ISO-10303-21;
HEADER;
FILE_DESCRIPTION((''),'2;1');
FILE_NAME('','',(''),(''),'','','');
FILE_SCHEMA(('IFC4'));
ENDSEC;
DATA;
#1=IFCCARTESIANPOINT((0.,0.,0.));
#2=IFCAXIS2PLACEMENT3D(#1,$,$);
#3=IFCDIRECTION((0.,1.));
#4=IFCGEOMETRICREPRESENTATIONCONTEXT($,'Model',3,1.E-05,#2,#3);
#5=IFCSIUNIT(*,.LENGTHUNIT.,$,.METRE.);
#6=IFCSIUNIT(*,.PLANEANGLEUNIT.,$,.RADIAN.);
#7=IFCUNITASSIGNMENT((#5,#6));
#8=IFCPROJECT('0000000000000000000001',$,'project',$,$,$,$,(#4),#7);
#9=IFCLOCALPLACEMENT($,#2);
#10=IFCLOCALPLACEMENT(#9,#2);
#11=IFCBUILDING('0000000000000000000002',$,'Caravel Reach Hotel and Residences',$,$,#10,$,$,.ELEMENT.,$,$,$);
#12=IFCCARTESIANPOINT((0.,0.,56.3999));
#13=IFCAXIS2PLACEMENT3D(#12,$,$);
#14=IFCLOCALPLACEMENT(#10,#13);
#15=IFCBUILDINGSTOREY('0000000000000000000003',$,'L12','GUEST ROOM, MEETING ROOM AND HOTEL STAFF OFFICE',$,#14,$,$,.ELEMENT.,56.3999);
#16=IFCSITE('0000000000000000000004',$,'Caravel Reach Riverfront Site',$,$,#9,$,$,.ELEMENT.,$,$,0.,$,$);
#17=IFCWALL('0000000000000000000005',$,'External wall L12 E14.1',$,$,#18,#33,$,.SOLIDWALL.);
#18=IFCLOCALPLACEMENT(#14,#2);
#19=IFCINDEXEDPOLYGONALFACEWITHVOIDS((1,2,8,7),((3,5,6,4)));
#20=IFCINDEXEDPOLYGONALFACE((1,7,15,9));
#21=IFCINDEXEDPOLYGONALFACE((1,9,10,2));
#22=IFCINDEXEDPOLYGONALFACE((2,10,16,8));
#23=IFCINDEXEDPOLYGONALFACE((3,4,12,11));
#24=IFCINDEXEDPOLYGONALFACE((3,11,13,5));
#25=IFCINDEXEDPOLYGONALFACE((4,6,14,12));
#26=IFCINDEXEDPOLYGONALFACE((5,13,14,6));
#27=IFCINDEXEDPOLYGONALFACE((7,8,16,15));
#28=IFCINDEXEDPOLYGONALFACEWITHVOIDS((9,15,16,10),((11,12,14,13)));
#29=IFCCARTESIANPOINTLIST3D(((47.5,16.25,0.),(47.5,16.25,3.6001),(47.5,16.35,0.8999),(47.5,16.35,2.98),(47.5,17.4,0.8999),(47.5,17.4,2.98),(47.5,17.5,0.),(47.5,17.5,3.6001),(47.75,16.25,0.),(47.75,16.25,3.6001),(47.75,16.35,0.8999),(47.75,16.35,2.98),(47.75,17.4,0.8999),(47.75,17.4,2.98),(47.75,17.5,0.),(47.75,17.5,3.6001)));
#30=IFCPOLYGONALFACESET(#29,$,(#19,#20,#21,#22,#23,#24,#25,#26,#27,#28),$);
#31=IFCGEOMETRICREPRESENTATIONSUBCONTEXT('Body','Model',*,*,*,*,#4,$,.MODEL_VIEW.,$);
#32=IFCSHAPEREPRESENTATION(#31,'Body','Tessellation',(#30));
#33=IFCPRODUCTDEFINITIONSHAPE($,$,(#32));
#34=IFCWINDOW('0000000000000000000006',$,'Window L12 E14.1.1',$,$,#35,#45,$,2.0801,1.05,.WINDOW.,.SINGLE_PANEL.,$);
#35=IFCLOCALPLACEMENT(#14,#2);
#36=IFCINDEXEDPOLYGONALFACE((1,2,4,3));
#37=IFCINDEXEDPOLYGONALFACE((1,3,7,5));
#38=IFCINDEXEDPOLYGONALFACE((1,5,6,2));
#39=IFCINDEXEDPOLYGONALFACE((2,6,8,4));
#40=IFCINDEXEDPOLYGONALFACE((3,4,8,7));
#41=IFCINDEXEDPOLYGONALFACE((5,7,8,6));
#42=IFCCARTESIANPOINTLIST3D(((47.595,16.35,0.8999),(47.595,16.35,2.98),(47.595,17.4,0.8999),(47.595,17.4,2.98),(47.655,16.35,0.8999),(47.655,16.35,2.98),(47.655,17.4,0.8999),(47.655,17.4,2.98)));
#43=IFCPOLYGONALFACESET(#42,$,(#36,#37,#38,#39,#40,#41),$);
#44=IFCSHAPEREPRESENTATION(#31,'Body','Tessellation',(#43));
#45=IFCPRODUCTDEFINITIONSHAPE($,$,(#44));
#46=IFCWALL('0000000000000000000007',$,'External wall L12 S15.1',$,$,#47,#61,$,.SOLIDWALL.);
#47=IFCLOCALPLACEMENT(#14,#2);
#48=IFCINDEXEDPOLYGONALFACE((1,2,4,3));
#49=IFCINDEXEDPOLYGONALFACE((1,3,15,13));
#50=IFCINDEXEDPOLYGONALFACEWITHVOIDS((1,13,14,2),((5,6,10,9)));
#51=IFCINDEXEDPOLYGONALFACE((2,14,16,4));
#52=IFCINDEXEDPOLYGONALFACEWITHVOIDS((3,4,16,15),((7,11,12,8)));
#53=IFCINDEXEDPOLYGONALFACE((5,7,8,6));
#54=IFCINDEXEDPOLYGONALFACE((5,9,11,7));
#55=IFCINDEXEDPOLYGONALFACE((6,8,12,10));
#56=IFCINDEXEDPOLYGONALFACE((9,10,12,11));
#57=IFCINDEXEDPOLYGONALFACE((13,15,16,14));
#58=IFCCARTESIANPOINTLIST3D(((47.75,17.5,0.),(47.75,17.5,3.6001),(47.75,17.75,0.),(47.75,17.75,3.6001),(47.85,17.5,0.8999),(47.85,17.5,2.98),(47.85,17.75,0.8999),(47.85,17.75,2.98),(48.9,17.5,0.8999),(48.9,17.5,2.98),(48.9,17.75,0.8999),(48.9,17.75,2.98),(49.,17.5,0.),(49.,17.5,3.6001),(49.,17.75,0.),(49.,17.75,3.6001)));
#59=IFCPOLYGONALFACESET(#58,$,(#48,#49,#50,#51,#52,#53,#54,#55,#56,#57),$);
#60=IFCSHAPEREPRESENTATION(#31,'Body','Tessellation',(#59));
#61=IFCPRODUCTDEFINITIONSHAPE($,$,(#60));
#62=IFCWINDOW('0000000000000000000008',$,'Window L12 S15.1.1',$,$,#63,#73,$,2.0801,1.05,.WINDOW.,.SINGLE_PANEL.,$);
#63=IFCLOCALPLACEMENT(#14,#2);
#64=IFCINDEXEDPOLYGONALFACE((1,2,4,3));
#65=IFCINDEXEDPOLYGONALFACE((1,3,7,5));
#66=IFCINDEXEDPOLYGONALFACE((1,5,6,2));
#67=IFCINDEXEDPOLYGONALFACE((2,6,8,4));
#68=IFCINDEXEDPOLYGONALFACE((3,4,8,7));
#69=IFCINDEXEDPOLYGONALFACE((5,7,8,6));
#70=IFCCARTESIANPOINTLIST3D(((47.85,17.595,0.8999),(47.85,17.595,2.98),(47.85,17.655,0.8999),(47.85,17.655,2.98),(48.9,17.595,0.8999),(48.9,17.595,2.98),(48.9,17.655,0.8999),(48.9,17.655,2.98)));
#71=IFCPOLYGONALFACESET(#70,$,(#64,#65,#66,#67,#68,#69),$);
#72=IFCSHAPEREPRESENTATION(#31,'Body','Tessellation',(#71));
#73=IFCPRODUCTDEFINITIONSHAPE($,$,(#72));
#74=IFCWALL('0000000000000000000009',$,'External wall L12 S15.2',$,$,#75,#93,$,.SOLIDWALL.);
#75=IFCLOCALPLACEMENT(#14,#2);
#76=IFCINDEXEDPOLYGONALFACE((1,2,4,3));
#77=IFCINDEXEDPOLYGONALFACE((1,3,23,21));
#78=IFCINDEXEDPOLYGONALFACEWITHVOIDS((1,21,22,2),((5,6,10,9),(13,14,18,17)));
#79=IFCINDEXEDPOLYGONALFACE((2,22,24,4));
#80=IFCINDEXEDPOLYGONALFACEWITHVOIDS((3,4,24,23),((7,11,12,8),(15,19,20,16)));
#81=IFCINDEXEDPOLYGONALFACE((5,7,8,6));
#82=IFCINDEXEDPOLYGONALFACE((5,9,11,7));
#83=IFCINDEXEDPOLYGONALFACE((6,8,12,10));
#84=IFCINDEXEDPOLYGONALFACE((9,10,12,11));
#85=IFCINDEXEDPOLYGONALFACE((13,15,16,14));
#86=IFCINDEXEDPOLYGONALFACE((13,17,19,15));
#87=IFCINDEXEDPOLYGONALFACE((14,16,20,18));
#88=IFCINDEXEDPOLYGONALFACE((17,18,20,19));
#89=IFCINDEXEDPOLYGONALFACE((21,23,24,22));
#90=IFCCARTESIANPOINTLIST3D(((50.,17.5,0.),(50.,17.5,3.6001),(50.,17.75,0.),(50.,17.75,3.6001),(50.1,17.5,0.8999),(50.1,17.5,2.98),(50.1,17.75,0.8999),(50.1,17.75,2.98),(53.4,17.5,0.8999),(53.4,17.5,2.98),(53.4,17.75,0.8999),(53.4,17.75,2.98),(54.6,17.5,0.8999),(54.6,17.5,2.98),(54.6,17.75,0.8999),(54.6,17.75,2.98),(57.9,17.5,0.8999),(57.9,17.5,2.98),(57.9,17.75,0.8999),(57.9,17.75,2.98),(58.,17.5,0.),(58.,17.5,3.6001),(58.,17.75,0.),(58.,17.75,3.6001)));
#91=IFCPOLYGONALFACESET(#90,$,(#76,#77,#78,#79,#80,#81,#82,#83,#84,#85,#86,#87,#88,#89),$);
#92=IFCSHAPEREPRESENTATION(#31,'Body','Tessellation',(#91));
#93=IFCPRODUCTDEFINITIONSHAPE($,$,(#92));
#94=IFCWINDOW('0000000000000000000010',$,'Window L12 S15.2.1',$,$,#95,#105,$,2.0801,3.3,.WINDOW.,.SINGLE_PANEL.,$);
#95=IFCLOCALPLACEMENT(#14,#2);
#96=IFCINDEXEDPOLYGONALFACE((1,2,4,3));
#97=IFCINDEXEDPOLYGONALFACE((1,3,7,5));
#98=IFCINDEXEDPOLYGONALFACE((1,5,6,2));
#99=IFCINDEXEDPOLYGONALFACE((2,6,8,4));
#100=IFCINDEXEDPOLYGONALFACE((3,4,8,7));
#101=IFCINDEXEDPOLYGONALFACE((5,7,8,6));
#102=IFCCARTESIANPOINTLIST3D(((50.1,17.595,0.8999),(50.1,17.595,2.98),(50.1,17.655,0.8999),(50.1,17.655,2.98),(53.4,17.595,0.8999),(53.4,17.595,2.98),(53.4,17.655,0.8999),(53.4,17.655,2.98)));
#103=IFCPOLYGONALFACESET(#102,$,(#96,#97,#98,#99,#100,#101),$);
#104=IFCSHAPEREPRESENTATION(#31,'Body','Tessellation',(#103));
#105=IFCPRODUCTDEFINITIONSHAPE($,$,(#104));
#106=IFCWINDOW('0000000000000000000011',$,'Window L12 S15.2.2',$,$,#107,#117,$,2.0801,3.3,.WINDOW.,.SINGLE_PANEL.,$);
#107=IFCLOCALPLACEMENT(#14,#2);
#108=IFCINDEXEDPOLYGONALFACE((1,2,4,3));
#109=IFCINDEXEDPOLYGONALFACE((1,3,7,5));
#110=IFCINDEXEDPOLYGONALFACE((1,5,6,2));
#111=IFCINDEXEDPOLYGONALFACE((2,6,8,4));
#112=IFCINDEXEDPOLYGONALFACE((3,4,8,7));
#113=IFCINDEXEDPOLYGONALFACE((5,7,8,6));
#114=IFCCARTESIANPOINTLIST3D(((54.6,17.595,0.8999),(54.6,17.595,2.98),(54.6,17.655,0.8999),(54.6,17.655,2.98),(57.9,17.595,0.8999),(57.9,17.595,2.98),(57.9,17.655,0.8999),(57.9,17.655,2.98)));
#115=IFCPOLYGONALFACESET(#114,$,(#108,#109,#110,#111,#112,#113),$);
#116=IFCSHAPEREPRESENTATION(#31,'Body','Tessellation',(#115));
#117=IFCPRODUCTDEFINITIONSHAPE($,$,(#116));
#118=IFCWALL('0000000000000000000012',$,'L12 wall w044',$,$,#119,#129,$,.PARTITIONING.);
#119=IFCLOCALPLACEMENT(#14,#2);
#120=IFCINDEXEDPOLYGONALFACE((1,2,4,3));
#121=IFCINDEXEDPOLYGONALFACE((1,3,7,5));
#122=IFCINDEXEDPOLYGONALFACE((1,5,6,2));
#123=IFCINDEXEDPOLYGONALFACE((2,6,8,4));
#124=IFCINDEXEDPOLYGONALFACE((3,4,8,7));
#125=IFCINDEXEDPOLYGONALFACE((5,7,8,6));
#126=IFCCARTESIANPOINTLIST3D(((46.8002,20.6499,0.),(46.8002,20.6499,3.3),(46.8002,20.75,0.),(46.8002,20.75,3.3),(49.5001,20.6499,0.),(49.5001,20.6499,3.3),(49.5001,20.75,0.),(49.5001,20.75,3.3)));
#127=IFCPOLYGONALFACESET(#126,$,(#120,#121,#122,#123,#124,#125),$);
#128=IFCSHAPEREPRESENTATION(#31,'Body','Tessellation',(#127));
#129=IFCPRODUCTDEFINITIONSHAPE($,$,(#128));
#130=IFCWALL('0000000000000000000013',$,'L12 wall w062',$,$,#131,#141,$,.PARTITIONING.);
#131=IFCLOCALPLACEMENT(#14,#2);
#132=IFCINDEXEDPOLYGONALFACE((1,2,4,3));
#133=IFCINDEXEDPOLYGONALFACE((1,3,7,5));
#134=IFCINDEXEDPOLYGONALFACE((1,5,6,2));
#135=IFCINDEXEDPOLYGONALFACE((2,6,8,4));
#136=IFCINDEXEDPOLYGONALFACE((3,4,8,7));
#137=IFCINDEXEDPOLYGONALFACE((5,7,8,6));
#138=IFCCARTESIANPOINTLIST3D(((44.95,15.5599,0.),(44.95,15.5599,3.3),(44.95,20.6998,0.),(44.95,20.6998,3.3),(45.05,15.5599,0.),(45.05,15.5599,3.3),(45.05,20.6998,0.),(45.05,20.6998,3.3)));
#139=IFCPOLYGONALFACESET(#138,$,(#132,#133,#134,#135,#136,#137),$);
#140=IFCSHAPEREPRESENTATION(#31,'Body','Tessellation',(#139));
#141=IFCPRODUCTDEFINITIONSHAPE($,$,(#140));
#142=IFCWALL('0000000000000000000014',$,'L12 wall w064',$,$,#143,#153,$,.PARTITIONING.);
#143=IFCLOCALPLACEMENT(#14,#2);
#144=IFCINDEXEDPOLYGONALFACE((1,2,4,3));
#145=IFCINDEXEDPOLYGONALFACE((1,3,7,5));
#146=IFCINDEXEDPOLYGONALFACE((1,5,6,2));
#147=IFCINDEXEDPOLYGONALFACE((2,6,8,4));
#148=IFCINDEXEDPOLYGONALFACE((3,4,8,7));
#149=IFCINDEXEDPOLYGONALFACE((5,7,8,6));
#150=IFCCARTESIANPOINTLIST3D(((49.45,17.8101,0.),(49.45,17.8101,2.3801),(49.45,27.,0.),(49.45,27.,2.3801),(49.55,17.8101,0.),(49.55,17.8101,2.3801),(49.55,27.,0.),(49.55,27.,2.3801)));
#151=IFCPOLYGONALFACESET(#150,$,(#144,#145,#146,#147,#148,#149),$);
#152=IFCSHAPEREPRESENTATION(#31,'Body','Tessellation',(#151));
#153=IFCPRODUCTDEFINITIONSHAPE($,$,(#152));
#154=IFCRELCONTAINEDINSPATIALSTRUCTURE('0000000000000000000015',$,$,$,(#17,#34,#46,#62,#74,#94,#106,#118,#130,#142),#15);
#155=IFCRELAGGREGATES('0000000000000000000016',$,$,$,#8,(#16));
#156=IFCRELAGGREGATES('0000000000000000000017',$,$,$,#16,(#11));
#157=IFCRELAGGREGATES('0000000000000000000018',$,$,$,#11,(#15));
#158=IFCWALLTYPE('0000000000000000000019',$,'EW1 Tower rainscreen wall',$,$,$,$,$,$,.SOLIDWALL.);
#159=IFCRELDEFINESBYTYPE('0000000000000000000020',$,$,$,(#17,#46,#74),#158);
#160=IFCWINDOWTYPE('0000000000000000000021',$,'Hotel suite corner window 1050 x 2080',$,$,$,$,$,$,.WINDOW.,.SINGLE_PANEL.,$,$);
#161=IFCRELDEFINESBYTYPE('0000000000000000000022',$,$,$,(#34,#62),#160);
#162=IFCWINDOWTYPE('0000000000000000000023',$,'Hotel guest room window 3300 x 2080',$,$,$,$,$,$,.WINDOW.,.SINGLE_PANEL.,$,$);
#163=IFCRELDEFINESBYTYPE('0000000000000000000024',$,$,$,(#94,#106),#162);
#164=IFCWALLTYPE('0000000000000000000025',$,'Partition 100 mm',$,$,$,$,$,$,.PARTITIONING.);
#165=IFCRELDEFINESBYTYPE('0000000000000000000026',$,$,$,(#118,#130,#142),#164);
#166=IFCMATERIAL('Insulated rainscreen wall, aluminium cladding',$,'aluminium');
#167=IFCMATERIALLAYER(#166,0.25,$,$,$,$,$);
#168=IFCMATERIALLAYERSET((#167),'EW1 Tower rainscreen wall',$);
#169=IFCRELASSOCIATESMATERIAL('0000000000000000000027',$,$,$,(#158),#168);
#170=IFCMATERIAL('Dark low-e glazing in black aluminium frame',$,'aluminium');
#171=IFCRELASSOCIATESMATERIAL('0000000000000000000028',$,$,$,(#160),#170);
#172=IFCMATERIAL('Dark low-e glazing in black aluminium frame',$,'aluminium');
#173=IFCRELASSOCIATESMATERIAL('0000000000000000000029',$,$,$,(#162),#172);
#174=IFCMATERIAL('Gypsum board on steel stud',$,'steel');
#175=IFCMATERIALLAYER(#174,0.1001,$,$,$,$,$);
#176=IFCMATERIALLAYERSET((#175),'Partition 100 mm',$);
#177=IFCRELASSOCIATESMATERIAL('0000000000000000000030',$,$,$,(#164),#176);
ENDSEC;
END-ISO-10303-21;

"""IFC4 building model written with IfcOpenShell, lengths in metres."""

from ifc_helpers import new_model, si_unit, direction, frame, frame_2d, origin, place, context, subcontext, project, spatial, rectangle, extrude, material, layer, layer_set, type_object, element, fill, save


model = new_model("IFC4")

# Units and contexts
model_context = context("Model", 3, precision=1e-05, world=origin(), true_north=direction((0.0, 1.0)))
body_context = subcontext(model_context, "Body", "Model", "MODEL_VIEW")
ifc_project = project(units=[si_unit("LENGTHUNIT", "METRE"), si_unit("PLANEANGLEUNIT", "RADIAN")], contexts=[model_context])

# Site, building, storey
site_placement = place(None, origin())
site = spatial("IfcSite", under=ifc_project, at=site_placement, Name="Caravel Reach Riverfront Site", CompositionType="ELEMENT", RefElevation=0.0)
building_placement = place(site_placement, origin())
building = spatial("IfcBuilding", under=site, at=building_placement, Name="Caravel Reach Hotel and Residences", CompositionType="ELEMENT")
storey_placement = place(building_placement, frame((0.0, 0.0, 56.3999)))
storey = spatial("IfcBuildingStorey", under=building, at=storey_placement, Name="L12", Description="GUEST ROOM, MEETING ROOM AND HOTEL STAFF OFFICE", CompositionType="ELEMENT", Elevation=56.3999)

# Walls, openings, windows
ifc_material_1 = material(Name="Insulated rainscreen wall, aluminium cladding", Category="aluminium")
ifc_layer_1 = layer(ifc_material_1, 0.25)
ifc_layer_set_1 = layer_set([ifc_layer_1], Name="EW1 Tower rainscreen wall")
wall_type_1 = type_object("IfcWallType", Name="EW1 Tower rainscreen wall", PredefinedType="SOLIDWALL", material=ifc_layer_set_1)
ifc_material_2 = material(Name="Dark low-e glazing in black aluminium frame", Category="aluminium")
window_type_1 = type_object("IfcWindowType", Name="Hotel suite corner window 1050 x 2080", PartitioningType="SINGLE_PANEL", PredefinedType="WINDOW", material=ifc_material_2)
wall_1_placement = place(storey_placement, frame((47.625, 16.25, 0.0), z_axis=(0.0, 0.0, 1.0), x_axis=(0.0, 1.0, 0.0)))
wall_1 = element("IfcWall", 1, at=wall_1_placement, inside=storey, type_object=wall_type_1, Name="External wall L12 E14.1", PredefinedType="SOLIDWALL", context=body_context, shape_type="SweptSolid", body=[
    extrude(rectangle(XDim=1.25, YDim=0.25, at=frame_2d((0.625, 0.0))), origin(), (0.0, 0.0, 1.0), 3.6001),
])
opening_1_placement = place(wall_1_placement, frame((0.1001, 0.0, 0.8999)))
opening_1 = element("IfcOpeningElement", 2, at=opening_1_placement, cuts=wall_1, PredefinedType="OPENING", context=body_context, shape_type="SweptSolid", body=[
    extrude(rectangle(XDim=1.05, YDim=2.0801, at=frame_2d((0.5249, 1.04))), frame((0.0, 0.135, 0.0), z_axis=(0.0, -1.0, 0.0), x_axis=(1.0, 0.0, 0.0)), (0.0, 0.0, 1.0), 0.27),
])
window_1_placement = place(opening_1_placement, origin())
window_1 = element("IfcWindow", 3, at=window_1_placement, inside=storey, type_object=window_type_1, Name="Window L12 E14.1.1", OverallHeight=2.0801, OverallWidth=1.05, PartitioningType="SINGLE_PANEL", PredefinedType="WINDOW", context=body_context, shape_type="SweptSolid", body=[
    extrude(rectangle(XDim=1.05, YDim=2.0801, at=frame_2d((0.5249, 1.04))), frame((0.0, 0.03, 0.0), z_axis=(0.0, -1.0, 0.0), x_axis=(1.0, 0.0, 0.0)), (0.0, 0.0, 1.0), 0.0601),
])
fill(opening_1, window_1)
wall_2_placement = place(storey_placement, frame((47.75, 17.625, 0.0), z_axis=(0.0, 0.0, 1.0), x_axis=(1.0, 0.0, 0.0)))
wall_2 = element("IfcWall", 4, at=wall_2_placement, inside=storey, type_object=wall_type_1, Name="External wall L12 S15.1", PredefinedType="SOLIDWALL", context=body_context, shape_type="SweptSolid", body=[
    extrude(rectangle(XDim=1.25, YDim=0.25, at=frame_2d((0.625, 0.0))), origin(), (0.0, 0.0, 1.0), 3.6001),
])
opening_2_placement = place(wall_2_placement, frame((0.1001, 0.0, 0.8999)))
opening_2 = element("IfcOpeningElement", 5, at=opening_2_placement, cuts=wall_2, PredefinedType="OPENING", context=body_context, shape_type="SweptSolid", body=[
    extrude(rectangle(XDim=1.05, YDim=2.0801, at=frame_2d((0.5249, 1.04))), frame((0.0, 0.135, 0.0), z_axis=(0.0, -1.0, 0.0), x_axis=(1.0, 0.0, 0.0)), (0.0, 0.0, 1.0), 0.27),
])
window_2_placement = place(opening_2_placement, origin())
window_2 = element("IfcWindow", 6, at=window_2_placement, inside=storey, type_object=window_type_1, Name="Window L12 S15.1.1", OverallHeight=2.0801, OverallWidth=1.05, PartitioningType="SINGLE_PANEL", PredefinedType="WINDOW", context=body_context, shape_type="SweptSolid", body=[
    extrude(rectangle(XDim=1.05, YDim=2.0801, at=frame_2d((0.5249, 1.04))), frame((0.0, 0.03, 0.0), z_axis=(0.0, -1.0, 0.0), x_axis=(1.0, 0.0, 0.0)), (0.0, 0.0, 1.0), 0.0601),
])
fill(opening_2, window_2)

# Wall, openings, windows
wall_3_placement = place(storey_placement, frame((50.0, 17.625, 0.0), z_axis=(0.0, 0.0, 1.0), x_axis=(1.0, 0.0, 0.0)))
wall_3 = element("IfcWall", 7, at=wall_3_placement, inside=storey, type_object=wall_type_1, Name="External wall L12 S15.2", PredefinedType="SOLIDWALL", context=body_context, shape_type="SweptSolid", body=[
    extrude(rectangle(XDim=8.0, YDim=0.25, at=frame_2d((4.0, 0.0))), origin(), (0.0, 0.0, 1.0), 3.6001),
])
opening_3_placement = place(wall_3_placement, frame((0.1001, 0.0, 0.8999)))
opening_3 = element("IfcOpeningElement", 8, at=opening_3_placement, cuts=wall_3, PredefinedType="OPENING", context=body_context, shape_type="SweptSolid", body=[
    extrude(rectangle(XDim=3.3, YDim=2.0801, at=frame_2d((1.6499, 1.04))), frame((0.0, 0.135, 0.0), z_axis=(0.0, -1.0, 0.0), x_axis=(1.0, 0.0, 0.0)), (0.0, 0.0, 1.0), 0.27),
])
opening_4_placement = place(wall_3_placement, frame((4.6001, 0.0, 0.8999)))
opening_4 = element("IfcOpeningElement", 9, at=opening_4_placement, cuts=wall_3, PredefinedType="OPENING", context=body_context, shape_type="SweptSolid", body=[
    extrude(rectangle(XDim=3.3, YDim=2.0801, at=frame_2d((1.6499, 1.04))), frame((0.0, 0.135, 0.0), z_axis=(0.0, -1.0, 0.0), x_axis=(1.0, 0.0, 0.0)), (0.0, 0.0, 1.0), 0.27),
])
ifc_material_3 = material(Name="Dark low-e glazing in black aluminium frame", Category="aluminium")
window_type_2 = type_object("IfcWindowType", Name="Hotel guest room window 3300 x 2080", PartitioningType="SINGLE_PANEL", PredefinedType="WINDOW", material=ifc_material_3)
window_3_placement = place(opening_3_placement, origin())
window_3 = element("IfcWindow", 10, at=window_3_placement, inside=storey, type_object=window_type_2, Name="Window L12 S15.2.1", OverallHeight=2.0801, OverallWidth=3.3, PartitioningType="SINGLE_PANEL", PredefinedType="WINDOW", context=body_context, shape_type="SweptSolid", body=[
    extrude(rectangle(XDim=3.3, YDim=2.0801, at=frame_2d((1.6499, 1.04))), frame((0.0, 0.03, 0.0), z_axis=(0.0, -1.0, 0.0), x_axis=(1.0, 0.0, 0.0)), (0.0, 0.0, 1.0), 0.0601),
])
fill(opening_3, window_3)
window_4_placement = place(opening_4_placement, origin())
window_4 = element("IfcWindow", 11, at=window_4_placement, inside=storey, type_object=window_type_2, Name="Window L12 S15.2.2", OverallHeight=2.0801, OverallWidth=3.3, PartitioningType="SINGLE_PANEL", PredefinedType="WINDOW", context=body_context, shape_type="SweptSolid", body=[
    extrude(rectangle(XDim=3.3, YDim=2.0801, at=frame_2d((1.6499, 1.04))), frame((0.0, 0.03, 0.0), z_axis=(0.0, -1.0, 0.0), x_axis=(1.0, 0.0, 0.0)), (0.0, 0.0, 1.0), 0.0601),
])
fill(opening_4, window_4)

# Walls
ifc_material_4 = material(Name="Gypsum board on steel stud", Category="steel")
ifc_layer_2 = layer(ifc_material_4, 0.1001)
ifc_layer_set_2 = layer_set([ifc_layer_2], Name="Partition 100 mm")
wall_type_2 = type_object("IfcWallType", Name="Partition 100 mm", PredefinedType="PARTITIONING", material=ifc_layer_set_2)
wall_4_placement = place(storey_placement, frame((46.8, 20.7, 0.0), z_axis=(0.0, 0.0, 1.0), x_axis=(1.0, 0.0, 0.0)))
element("IfcWall", 12, at=wall_4_placement, inside=storey, type_object=wall_type_2, Name="L12 wall w044", PredefinedType="PARTITIONING", context=body_context, shape_type="SweptSolid", body=[
    extrude(rectangle(XDim=2.7, YDim=0.1001, at=frame_2d((1.3501, 0.0))), origin(), (0.0, 0.0, 1.0), 3.3),
])
wall_5_placement = place(storey_placement, frame((45.0, 15.5601, 0.0), z_axis=(0.0, 0.0, 1.0), x_axis=(0.0, 1.0, 0.0)))
element("IfcWall", 13, at=wall_5_placement, inside=storey, type_object=wall_type_2, Name="L12 wall w062", PredefinedType="PARTITIONING", context=body_context, shape_type="SweptSolid", body=[
    extrude(rectangle(XDim=5.1399, YDim=0.1001, at=frame_2d((2.5698, 0.0))), origin(), (0.0, 0.0, 1.0), 3.3),
])
wall_6_placement = place(storey_placement, frame((49.5, 17.8101, 0.0), z_axis=(0.0, 0.0, 1.0), x_axis=(0.0, 1.0, 0.0)))
element("IfcWall", 14, at=wall_6_placement, inside=storey, type_object=wall_type_2, Name="L12 wall w064", PredefinedType="PARTITIONING", context=body_context, shape_type="SweptSolid", body=[
    extrude(rectangle(XDim=9.1899, YDim=0.1001, at=frame_2d((4.595, 0.0))), origin(), (0.0, 0.0, 1.0), 2.3801),
])

save(model, "model.ifc")
